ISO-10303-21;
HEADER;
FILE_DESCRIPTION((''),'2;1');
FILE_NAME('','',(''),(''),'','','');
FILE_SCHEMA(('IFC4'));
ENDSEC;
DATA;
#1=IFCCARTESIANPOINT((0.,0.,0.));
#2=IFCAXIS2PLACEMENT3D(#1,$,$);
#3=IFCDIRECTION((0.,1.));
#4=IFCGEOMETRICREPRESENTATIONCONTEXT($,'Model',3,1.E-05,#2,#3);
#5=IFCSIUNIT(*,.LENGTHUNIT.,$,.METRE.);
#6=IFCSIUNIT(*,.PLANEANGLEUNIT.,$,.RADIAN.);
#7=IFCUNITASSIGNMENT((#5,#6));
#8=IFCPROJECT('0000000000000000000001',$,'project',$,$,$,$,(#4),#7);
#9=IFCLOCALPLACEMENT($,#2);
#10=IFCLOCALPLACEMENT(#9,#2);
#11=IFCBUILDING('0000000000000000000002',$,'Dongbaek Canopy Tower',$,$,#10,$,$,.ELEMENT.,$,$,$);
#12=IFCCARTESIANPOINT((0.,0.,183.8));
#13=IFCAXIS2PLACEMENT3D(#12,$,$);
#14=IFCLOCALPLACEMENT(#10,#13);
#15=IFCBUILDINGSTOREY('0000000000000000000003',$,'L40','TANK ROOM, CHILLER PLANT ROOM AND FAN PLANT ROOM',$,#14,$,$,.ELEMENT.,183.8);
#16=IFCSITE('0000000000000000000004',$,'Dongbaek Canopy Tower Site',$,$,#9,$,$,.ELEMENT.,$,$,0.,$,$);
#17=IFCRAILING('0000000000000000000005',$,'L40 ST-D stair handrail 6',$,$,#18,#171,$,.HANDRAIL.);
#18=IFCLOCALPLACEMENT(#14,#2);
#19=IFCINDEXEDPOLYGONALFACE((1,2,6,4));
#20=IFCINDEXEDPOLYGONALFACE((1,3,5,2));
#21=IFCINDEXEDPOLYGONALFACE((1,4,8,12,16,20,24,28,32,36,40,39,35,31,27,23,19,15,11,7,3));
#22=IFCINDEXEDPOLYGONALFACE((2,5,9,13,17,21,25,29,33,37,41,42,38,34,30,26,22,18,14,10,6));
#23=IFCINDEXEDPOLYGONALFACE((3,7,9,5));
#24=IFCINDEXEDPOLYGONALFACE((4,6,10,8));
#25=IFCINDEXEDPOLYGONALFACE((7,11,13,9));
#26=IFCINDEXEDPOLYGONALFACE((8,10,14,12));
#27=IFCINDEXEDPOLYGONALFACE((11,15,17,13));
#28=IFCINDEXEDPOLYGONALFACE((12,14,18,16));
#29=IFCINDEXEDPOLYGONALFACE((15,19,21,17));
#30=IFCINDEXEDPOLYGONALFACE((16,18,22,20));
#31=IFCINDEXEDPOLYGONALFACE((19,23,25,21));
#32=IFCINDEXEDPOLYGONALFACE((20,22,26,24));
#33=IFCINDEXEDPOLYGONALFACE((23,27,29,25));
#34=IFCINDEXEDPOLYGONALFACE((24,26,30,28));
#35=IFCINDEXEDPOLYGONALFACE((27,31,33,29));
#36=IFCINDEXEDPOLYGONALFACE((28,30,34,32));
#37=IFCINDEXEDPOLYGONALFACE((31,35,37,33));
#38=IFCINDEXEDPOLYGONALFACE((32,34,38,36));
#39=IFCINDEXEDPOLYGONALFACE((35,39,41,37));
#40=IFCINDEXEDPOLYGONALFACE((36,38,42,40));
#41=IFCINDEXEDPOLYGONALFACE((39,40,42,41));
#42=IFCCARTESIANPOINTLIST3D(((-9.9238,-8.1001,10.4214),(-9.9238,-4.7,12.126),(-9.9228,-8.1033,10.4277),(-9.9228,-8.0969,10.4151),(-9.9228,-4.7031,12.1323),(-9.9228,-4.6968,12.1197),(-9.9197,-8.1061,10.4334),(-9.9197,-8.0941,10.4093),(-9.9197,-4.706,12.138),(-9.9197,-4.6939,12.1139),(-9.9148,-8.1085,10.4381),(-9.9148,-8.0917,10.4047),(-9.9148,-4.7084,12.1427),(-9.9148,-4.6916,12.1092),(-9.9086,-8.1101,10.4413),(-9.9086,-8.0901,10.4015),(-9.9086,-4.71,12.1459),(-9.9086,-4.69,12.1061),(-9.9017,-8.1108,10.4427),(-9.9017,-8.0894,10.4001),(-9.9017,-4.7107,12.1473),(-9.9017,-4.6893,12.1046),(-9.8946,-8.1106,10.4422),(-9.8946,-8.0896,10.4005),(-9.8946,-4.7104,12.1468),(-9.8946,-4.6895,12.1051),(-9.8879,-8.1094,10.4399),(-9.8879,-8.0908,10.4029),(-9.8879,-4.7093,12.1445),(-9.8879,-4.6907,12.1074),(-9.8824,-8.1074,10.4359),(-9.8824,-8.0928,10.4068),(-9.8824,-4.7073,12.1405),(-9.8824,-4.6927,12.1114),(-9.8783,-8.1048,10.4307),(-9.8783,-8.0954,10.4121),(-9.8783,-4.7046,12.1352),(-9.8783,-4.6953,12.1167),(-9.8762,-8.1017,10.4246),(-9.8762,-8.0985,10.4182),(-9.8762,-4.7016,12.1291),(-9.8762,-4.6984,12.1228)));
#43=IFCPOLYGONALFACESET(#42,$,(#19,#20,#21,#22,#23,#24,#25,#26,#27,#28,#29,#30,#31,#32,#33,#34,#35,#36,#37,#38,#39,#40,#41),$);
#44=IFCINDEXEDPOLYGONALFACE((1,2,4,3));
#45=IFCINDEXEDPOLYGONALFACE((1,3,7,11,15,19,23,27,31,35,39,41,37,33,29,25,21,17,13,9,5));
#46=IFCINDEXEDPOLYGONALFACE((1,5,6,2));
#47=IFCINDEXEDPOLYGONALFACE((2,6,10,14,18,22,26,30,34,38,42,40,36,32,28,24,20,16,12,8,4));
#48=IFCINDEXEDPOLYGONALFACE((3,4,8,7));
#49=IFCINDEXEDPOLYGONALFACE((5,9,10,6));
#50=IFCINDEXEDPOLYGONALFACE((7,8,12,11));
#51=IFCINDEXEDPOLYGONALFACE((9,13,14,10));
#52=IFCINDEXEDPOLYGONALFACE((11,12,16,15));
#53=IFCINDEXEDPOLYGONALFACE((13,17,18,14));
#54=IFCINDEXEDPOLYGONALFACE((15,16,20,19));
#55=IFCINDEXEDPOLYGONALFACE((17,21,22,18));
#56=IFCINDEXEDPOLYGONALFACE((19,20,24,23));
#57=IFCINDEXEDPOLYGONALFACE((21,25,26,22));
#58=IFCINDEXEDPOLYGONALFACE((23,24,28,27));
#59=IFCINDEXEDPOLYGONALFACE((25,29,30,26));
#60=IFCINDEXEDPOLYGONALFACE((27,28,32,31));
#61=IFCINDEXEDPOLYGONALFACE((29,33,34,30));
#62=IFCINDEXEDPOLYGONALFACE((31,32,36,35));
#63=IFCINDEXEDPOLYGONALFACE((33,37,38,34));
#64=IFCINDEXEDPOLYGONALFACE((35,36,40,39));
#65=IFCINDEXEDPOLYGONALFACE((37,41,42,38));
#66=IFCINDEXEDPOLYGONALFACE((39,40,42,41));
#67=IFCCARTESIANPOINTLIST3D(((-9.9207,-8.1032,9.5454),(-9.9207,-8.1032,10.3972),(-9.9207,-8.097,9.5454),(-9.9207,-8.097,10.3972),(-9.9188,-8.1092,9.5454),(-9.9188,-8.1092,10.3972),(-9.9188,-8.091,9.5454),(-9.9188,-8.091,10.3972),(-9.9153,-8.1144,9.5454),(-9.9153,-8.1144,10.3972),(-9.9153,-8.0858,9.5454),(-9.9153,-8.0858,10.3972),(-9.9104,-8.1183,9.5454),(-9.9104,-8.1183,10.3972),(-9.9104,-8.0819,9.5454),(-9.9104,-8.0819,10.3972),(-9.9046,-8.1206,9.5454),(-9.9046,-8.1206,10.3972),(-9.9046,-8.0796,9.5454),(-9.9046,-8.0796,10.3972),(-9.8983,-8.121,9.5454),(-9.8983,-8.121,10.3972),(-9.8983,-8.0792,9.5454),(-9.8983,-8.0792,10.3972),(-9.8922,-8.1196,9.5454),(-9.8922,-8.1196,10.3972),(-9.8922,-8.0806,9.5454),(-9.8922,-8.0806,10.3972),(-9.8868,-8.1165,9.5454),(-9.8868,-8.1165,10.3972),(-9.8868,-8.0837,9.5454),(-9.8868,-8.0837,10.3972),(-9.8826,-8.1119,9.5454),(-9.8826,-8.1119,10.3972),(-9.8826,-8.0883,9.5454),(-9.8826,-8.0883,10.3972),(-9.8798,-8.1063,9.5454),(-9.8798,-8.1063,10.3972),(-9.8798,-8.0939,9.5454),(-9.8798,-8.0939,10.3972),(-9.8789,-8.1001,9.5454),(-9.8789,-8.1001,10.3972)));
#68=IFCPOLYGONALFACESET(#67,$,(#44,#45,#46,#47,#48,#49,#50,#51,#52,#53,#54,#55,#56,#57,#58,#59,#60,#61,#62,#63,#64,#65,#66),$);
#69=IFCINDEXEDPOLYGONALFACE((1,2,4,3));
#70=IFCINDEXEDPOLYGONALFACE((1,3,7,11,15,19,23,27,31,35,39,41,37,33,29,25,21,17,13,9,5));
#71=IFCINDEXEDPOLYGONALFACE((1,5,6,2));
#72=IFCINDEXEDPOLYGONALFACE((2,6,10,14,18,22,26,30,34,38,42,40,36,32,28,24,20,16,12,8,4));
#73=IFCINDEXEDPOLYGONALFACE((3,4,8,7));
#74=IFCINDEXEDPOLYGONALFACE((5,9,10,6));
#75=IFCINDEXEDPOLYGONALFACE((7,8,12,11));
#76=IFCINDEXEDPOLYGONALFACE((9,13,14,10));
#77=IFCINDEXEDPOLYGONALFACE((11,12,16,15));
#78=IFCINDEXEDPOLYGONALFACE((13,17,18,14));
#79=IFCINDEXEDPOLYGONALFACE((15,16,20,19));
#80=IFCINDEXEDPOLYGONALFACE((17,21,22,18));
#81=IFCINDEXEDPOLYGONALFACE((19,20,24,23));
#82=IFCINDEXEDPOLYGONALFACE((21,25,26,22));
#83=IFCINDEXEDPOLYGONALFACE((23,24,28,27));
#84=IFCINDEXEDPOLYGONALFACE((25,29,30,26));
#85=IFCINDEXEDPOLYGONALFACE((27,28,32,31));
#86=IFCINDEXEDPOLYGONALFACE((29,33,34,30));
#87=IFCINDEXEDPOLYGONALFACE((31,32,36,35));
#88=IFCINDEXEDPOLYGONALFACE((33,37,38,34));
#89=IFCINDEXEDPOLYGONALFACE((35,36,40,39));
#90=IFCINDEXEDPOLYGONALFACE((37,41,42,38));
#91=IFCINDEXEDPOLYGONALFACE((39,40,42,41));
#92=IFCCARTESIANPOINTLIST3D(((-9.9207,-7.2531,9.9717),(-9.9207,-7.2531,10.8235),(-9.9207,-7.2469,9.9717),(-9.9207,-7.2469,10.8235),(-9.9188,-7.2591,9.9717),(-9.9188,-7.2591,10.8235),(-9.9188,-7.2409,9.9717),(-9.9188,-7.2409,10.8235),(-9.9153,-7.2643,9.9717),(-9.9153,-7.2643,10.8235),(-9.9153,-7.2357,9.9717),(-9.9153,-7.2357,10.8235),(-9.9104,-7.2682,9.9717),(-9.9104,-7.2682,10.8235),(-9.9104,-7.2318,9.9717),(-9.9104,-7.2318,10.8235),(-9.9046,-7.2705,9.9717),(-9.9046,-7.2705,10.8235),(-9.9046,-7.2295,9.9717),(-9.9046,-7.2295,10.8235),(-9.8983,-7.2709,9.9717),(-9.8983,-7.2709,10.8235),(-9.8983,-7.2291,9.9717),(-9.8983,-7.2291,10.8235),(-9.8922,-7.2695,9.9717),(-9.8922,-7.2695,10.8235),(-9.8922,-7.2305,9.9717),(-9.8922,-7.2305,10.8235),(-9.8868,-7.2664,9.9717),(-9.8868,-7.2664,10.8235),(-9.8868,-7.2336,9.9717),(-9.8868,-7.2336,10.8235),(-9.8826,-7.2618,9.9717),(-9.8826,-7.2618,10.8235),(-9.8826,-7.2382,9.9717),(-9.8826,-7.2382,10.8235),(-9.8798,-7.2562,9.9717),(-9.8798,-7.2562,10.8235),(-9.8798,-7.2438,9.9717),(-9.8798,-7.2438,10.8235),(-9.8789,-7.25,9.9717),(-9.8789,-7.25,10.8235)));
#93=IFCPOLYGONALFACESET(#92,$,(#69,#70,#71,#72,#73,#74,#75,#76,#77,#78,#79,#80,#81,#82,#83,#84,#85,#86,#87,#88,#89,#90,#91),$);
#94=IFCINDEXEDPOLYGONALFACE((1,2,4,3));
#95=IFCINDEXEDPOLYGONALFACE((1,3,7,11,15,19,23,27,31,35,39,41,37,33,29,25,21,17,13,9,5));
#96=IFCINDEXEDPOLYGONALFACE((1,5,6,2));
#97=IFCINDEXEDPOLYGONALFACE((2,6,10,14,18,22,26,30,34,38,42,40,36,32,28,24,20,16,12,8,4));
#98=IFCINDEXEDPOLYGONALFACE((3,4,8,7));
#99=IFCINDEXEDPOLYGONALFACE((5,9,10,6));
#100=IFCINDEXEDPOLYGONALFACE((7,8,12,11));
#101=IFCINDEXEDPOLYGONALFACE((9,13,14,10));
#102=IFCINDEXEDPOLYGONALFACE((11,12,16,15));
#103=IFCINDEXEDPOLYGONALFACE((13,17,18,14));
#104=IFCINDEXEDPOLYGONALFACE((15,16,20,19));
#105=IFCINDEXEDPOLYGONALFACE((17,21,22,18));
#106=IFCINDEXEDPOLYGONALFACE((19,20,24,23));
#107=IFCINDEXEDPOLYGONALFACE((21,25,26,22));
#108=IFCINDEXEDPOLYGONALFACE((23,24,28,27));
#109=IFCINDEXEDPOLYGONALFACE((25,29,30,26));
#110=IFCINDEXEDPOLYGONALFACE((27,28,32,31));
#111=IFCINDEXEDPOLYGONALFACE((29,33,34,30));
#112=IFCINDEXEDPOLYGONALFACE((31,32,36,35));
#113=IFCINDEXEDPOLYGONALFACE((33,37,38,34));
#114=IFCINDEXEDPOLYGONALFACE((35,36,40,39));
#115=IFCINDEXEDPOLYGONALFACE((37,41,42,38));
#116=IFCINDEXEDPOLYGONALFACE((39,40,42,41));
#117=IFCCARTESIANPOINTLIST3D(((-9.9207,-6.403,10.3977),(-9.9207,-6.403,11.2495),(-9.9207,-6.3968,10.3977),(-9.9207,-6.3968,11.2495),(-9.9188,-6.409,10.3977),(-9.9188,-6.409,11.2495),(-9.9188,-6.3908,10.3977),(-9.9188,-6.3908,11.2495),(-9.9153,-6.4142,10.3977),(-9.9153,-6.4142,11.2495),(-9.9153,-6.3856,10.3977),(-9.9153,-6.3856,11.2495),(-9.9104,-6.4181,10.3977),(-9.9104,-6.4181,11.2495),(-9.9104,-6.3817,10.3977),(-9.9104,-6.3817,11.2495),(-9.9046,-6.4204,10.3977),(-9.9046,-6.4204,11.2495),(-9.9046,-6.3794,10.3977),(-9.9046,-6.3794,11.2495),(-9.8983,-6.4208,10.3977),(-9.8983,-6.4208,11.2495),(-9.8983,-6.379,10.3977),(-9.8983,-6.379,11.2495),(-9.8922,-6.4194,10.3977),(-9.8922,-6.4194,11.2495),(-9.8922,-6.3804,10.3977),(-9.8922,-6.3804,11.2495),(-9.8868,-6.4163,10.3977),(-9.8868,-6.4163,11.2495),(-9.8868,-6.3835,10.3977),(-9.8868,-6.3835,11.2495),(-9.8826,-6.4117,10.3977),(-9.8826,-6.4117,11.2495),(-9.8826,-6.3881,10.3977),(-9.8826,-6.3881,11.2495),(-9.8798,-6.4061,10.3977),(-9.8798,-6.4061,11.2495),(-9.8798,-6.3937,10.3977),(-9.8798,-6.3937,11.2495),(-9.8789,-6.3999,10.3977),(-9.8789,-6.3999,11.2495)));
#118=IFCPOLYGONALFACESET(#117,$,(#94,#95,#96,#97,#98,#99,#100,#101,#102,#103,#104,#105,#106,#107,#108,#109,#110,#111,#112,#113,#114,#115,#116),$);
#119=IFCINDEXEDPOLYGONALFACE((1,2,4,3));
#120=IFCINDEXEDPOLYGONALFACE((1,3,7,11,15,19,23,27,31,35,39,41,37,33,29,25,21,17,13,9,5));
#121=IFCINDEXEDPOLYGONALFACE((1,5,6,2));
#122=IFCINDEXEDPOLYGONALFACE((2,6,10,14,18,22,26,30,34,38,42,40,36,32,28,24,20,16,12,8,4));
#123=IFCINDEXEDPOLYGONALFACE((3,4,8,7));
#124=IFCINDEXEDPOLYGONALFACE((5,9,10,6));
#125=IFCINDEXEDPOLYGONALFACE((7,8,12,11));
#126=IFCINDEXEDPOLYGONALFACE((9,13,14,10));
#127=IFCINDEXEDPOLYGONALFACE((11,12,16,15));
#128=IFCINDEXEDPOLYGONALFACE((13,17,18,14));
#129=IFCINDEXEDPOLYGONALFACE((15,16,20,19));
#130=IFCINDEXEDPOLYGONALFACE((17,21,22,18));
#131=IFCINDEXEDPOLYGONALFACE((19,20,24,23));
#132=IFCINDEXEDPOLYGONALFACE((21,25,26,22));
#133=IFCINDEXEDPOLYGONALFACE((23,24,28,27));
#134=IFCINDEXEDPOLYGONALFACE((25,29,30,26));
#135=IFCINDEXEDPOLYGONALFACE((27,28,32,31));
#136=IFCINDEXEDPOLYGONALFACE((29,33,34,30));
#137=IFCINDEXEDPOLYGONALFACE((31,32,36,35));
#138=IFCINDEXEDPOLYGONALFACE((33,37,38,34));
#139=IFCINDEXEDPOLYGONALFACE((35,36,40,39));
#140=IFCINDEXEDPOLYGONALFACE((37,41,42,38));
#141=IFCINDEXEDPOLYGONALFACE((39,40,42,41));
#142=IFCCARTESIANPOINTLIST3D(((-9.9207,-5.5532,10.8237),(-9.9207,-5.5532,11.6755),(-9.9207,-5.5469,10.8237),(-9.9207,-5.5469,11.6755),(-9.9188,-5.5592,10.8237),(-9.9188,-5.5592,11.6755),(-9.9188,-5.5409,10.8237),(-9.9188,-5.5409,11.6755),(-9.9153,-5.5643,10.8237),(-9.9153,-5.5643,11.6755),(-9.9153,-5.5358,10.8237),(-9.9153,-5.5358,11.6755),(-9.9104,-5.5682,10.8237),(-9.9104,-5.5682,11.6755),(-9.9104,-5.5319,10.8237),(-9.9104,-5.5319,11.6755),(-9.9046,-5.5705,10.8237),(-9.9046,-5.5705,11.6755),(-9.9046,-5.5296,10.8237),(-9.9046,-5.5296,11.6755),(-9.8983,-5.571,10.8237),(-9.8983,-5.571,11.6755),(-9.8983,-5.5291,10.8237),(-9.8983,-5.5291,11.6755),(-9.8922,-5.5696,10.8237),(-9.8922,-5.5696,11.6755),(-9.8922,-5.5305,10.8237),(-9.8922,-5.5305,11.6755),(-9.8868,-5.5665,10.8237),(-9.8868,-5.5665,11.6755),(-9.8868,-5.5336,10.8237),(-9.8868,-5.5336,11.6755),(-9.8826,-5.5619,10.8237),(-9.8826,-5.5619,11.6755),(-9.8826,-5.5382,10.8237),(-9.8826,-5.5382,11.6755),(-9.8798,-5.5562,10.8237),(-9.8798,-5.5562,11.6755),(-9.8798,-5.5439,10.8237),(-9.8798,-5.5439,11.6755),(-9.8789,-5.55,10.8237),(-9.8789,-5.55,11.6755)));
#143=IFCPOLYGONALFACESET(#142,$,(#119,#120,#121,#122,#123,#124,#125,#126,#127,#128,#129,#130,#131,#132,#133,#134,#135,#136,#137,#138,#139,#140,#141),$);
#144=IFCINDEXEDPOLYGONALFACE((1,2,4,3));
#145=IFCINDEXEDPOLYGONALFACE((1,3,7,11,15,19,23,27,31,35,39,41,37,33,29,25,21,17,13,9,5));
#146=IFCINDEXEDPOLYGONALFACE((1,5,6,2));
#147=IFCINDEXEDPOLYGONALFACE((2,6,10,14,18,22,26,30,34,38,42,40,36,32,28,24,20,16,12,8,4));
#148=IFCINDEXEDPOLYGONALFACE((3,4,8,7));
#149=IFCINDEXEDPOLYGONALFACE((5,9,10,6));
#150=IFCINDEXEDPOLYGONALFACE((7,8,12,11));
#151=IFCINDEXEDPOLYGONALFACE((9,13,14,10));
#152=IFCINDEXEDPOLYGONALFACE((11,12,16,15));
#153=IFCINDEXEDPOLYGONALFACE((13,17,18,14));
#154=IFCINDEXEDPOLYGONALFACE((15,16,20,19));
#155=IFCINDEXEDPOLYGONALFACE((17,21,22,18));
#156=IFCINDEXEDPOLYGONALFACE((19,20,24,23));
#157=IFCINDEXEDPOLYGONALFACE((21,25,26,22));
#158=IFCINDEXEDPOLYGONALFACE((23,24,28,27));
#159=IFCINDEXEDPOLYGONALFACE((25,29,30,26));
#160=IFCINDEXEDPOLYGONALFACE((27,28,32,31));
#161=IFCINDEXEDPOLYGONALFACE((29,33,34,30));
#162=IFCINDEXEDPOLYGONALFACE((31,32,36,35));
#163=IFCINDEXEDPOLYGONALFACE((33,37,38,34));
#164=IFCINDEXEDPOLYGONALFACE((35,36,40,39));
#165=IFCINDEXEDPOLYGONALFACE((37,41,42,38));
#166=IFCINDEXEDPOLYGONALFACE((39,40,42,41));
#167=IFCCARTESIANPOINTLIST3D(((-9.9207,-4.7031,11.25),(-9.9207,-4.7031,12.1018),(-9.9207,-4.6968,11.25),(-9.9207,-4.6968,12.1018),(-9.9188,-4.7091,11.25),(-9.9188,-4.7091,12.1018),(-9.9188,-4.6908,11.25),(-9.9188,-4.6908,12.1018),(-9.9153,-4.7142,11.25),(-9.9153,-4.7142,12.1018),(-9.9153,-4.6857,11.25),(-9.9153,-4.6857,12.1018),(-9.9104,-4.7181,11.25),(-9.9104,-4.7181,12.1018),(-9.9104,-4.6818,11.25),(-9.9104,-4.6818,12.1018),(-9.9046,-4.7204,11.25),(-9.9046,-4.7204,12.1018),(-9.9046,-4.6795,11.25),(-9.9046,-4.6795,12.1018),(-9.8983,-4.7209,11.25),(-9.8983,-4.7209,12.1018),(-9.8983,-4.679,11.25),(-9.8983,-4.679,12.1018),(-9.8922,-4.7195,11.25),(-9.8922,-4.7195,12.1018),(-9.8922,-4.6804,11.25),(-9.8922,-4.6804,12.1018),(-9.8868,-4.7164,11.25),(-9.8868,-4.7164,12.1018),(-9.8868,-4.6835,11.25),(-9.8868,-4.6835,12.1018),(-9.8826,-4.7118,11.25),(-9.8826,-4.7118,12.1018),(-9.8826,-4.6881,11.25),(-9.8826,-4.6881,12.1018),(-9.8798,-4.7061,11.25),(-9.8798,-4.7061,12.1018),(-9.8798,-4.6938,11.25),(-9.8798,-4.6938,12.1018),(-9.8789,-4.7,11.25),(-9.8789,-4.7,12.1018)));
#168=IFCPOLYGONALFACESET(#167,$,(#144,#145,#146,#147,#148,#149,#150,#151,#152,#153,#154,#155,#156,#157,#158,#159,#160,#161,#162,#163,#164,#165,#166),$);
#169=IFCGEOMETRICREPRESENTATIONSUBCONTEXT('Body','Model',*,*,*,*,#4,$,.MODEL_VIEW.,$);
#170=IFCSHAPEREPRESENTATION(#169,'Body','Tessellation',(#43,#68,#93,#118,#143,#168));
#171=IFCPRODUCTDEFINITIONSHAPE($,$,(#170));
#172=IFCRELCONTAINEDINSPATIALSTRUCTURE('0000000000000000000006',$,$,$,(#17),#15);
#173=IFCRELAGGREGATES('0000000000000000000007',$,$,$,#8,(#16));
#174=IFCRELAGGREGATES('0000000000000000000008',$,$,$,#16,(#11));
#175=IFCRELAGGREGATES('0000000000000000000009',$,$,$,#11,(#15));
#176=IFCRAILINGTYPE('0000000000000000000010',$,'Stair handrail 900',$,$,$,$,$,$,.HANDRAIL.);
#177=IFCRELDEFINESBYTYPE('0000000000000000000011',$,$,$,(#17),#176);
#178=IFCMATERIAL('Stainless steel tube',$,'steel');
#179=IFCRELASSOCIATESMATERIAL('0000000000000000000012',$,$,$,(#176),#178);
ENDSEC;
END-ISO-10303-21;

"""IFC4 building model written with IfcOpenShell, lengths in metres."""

from ifc_helpers import new_model, si_unit, direction, frame, origin, origin_2d, place, context, subcontext, project, spatial, circle, extrude, material, type_object, element, save


model = new_model("IFC4")

# Units and contexts
model_context = context("Model", 3, precision=1e-05, world=origin(), true_north=direction((0.0, 1.0)))
body_context = subcontext(model_context, "Body", "Model", "MODEL_VIEW")
ifc_project = project(units=[si_unit("LENGTHUNIT", "METRE"), si_unit("PLANEANGLEUNIT", "RADIAN")], contexts=[model_context])

# Site, building, storey
site_placement = place(None, origin())
site = spatial("IfcSite", under=ifc_project, at=site_placement, Name="Dongbaek Canopy Tower Site", CompositionType="ELEMENT", RefElevation=0.0)
building_placement = place(site_placement, origin())
building = spatial("IfcBuilding", under=site, at=building_placement, Name="Dongbaek Canopy Tower", CompositionType="ELEMENT")
storey_placement = place(building_placement, frame((0.0, 0.0, 183.8)))
storey = spatial("IfcBuildingStorey", under=building, at=storey_placement, Name="L40", Description="TANK ROOM, CHILLER PLANT ROOM AND FAN PLANT ROOM", CompositionType="ELEMENT", Elevation=183.8)

# Railing
ifc_material_1 = material(Name="Stainless steel tube", Category="steel")
railing_type_1 = type_object("IfcRailingType", Name="Stair handrail 900", PredefinedType="HANDRAIL", material=ifc_material_1)
for number, where, name in (
    (1, (-9.8999, -8.1001, 9.5454), "L40 ST-D stair handrail 6"),
):
    element("IfcRailing", number, at=place(storey_placement, frame(where)), inside=storey, type_object=railing_type_1, Name=name, PredefinedType="HANDRAIL", context=body_context, shape_type="SweptSolid", body=[
        extrude(circle(Radius=0.0239, at=origin_2d()), frame((0.0, 0.0, 0.876), z_axis=(0.0, 0.893952, 0.448163), x_axis=(-1.0, 0.0, 0.0)), (0.0, 0.0, 1.0), 3.8035),
        extrude(circle(Radius=0.021, at=origin_2d()), origin(), (0.0, 0.0, 1.0), 0.8518),
        extrude(circle(Radius=0.021, at=origin_2d()), frame((0.0, 0.8501, 0.4263)), (0.0, 0.0, 1.0), 0.8518),
        extrude(circle(Radius=0.021, at=origin_2d()), frame((0.0, 1.7002, 0.8523)), (0.0, 0.0, 1.0), 0.8518),
        extrude(circle(Radius=0.021, at=origin_2d()), frame((0.0, 2.55, 1.2783)), (0.0, 0.0, 1.0), 0.8518),
        extrude(circle(Radius=0.021, at=origin_2d()), frame((0.0, 3.4001, 1.7046)), (0.0, 0.0, 1.0), 0.8518),
    ])

save(model, "model.ifc")
